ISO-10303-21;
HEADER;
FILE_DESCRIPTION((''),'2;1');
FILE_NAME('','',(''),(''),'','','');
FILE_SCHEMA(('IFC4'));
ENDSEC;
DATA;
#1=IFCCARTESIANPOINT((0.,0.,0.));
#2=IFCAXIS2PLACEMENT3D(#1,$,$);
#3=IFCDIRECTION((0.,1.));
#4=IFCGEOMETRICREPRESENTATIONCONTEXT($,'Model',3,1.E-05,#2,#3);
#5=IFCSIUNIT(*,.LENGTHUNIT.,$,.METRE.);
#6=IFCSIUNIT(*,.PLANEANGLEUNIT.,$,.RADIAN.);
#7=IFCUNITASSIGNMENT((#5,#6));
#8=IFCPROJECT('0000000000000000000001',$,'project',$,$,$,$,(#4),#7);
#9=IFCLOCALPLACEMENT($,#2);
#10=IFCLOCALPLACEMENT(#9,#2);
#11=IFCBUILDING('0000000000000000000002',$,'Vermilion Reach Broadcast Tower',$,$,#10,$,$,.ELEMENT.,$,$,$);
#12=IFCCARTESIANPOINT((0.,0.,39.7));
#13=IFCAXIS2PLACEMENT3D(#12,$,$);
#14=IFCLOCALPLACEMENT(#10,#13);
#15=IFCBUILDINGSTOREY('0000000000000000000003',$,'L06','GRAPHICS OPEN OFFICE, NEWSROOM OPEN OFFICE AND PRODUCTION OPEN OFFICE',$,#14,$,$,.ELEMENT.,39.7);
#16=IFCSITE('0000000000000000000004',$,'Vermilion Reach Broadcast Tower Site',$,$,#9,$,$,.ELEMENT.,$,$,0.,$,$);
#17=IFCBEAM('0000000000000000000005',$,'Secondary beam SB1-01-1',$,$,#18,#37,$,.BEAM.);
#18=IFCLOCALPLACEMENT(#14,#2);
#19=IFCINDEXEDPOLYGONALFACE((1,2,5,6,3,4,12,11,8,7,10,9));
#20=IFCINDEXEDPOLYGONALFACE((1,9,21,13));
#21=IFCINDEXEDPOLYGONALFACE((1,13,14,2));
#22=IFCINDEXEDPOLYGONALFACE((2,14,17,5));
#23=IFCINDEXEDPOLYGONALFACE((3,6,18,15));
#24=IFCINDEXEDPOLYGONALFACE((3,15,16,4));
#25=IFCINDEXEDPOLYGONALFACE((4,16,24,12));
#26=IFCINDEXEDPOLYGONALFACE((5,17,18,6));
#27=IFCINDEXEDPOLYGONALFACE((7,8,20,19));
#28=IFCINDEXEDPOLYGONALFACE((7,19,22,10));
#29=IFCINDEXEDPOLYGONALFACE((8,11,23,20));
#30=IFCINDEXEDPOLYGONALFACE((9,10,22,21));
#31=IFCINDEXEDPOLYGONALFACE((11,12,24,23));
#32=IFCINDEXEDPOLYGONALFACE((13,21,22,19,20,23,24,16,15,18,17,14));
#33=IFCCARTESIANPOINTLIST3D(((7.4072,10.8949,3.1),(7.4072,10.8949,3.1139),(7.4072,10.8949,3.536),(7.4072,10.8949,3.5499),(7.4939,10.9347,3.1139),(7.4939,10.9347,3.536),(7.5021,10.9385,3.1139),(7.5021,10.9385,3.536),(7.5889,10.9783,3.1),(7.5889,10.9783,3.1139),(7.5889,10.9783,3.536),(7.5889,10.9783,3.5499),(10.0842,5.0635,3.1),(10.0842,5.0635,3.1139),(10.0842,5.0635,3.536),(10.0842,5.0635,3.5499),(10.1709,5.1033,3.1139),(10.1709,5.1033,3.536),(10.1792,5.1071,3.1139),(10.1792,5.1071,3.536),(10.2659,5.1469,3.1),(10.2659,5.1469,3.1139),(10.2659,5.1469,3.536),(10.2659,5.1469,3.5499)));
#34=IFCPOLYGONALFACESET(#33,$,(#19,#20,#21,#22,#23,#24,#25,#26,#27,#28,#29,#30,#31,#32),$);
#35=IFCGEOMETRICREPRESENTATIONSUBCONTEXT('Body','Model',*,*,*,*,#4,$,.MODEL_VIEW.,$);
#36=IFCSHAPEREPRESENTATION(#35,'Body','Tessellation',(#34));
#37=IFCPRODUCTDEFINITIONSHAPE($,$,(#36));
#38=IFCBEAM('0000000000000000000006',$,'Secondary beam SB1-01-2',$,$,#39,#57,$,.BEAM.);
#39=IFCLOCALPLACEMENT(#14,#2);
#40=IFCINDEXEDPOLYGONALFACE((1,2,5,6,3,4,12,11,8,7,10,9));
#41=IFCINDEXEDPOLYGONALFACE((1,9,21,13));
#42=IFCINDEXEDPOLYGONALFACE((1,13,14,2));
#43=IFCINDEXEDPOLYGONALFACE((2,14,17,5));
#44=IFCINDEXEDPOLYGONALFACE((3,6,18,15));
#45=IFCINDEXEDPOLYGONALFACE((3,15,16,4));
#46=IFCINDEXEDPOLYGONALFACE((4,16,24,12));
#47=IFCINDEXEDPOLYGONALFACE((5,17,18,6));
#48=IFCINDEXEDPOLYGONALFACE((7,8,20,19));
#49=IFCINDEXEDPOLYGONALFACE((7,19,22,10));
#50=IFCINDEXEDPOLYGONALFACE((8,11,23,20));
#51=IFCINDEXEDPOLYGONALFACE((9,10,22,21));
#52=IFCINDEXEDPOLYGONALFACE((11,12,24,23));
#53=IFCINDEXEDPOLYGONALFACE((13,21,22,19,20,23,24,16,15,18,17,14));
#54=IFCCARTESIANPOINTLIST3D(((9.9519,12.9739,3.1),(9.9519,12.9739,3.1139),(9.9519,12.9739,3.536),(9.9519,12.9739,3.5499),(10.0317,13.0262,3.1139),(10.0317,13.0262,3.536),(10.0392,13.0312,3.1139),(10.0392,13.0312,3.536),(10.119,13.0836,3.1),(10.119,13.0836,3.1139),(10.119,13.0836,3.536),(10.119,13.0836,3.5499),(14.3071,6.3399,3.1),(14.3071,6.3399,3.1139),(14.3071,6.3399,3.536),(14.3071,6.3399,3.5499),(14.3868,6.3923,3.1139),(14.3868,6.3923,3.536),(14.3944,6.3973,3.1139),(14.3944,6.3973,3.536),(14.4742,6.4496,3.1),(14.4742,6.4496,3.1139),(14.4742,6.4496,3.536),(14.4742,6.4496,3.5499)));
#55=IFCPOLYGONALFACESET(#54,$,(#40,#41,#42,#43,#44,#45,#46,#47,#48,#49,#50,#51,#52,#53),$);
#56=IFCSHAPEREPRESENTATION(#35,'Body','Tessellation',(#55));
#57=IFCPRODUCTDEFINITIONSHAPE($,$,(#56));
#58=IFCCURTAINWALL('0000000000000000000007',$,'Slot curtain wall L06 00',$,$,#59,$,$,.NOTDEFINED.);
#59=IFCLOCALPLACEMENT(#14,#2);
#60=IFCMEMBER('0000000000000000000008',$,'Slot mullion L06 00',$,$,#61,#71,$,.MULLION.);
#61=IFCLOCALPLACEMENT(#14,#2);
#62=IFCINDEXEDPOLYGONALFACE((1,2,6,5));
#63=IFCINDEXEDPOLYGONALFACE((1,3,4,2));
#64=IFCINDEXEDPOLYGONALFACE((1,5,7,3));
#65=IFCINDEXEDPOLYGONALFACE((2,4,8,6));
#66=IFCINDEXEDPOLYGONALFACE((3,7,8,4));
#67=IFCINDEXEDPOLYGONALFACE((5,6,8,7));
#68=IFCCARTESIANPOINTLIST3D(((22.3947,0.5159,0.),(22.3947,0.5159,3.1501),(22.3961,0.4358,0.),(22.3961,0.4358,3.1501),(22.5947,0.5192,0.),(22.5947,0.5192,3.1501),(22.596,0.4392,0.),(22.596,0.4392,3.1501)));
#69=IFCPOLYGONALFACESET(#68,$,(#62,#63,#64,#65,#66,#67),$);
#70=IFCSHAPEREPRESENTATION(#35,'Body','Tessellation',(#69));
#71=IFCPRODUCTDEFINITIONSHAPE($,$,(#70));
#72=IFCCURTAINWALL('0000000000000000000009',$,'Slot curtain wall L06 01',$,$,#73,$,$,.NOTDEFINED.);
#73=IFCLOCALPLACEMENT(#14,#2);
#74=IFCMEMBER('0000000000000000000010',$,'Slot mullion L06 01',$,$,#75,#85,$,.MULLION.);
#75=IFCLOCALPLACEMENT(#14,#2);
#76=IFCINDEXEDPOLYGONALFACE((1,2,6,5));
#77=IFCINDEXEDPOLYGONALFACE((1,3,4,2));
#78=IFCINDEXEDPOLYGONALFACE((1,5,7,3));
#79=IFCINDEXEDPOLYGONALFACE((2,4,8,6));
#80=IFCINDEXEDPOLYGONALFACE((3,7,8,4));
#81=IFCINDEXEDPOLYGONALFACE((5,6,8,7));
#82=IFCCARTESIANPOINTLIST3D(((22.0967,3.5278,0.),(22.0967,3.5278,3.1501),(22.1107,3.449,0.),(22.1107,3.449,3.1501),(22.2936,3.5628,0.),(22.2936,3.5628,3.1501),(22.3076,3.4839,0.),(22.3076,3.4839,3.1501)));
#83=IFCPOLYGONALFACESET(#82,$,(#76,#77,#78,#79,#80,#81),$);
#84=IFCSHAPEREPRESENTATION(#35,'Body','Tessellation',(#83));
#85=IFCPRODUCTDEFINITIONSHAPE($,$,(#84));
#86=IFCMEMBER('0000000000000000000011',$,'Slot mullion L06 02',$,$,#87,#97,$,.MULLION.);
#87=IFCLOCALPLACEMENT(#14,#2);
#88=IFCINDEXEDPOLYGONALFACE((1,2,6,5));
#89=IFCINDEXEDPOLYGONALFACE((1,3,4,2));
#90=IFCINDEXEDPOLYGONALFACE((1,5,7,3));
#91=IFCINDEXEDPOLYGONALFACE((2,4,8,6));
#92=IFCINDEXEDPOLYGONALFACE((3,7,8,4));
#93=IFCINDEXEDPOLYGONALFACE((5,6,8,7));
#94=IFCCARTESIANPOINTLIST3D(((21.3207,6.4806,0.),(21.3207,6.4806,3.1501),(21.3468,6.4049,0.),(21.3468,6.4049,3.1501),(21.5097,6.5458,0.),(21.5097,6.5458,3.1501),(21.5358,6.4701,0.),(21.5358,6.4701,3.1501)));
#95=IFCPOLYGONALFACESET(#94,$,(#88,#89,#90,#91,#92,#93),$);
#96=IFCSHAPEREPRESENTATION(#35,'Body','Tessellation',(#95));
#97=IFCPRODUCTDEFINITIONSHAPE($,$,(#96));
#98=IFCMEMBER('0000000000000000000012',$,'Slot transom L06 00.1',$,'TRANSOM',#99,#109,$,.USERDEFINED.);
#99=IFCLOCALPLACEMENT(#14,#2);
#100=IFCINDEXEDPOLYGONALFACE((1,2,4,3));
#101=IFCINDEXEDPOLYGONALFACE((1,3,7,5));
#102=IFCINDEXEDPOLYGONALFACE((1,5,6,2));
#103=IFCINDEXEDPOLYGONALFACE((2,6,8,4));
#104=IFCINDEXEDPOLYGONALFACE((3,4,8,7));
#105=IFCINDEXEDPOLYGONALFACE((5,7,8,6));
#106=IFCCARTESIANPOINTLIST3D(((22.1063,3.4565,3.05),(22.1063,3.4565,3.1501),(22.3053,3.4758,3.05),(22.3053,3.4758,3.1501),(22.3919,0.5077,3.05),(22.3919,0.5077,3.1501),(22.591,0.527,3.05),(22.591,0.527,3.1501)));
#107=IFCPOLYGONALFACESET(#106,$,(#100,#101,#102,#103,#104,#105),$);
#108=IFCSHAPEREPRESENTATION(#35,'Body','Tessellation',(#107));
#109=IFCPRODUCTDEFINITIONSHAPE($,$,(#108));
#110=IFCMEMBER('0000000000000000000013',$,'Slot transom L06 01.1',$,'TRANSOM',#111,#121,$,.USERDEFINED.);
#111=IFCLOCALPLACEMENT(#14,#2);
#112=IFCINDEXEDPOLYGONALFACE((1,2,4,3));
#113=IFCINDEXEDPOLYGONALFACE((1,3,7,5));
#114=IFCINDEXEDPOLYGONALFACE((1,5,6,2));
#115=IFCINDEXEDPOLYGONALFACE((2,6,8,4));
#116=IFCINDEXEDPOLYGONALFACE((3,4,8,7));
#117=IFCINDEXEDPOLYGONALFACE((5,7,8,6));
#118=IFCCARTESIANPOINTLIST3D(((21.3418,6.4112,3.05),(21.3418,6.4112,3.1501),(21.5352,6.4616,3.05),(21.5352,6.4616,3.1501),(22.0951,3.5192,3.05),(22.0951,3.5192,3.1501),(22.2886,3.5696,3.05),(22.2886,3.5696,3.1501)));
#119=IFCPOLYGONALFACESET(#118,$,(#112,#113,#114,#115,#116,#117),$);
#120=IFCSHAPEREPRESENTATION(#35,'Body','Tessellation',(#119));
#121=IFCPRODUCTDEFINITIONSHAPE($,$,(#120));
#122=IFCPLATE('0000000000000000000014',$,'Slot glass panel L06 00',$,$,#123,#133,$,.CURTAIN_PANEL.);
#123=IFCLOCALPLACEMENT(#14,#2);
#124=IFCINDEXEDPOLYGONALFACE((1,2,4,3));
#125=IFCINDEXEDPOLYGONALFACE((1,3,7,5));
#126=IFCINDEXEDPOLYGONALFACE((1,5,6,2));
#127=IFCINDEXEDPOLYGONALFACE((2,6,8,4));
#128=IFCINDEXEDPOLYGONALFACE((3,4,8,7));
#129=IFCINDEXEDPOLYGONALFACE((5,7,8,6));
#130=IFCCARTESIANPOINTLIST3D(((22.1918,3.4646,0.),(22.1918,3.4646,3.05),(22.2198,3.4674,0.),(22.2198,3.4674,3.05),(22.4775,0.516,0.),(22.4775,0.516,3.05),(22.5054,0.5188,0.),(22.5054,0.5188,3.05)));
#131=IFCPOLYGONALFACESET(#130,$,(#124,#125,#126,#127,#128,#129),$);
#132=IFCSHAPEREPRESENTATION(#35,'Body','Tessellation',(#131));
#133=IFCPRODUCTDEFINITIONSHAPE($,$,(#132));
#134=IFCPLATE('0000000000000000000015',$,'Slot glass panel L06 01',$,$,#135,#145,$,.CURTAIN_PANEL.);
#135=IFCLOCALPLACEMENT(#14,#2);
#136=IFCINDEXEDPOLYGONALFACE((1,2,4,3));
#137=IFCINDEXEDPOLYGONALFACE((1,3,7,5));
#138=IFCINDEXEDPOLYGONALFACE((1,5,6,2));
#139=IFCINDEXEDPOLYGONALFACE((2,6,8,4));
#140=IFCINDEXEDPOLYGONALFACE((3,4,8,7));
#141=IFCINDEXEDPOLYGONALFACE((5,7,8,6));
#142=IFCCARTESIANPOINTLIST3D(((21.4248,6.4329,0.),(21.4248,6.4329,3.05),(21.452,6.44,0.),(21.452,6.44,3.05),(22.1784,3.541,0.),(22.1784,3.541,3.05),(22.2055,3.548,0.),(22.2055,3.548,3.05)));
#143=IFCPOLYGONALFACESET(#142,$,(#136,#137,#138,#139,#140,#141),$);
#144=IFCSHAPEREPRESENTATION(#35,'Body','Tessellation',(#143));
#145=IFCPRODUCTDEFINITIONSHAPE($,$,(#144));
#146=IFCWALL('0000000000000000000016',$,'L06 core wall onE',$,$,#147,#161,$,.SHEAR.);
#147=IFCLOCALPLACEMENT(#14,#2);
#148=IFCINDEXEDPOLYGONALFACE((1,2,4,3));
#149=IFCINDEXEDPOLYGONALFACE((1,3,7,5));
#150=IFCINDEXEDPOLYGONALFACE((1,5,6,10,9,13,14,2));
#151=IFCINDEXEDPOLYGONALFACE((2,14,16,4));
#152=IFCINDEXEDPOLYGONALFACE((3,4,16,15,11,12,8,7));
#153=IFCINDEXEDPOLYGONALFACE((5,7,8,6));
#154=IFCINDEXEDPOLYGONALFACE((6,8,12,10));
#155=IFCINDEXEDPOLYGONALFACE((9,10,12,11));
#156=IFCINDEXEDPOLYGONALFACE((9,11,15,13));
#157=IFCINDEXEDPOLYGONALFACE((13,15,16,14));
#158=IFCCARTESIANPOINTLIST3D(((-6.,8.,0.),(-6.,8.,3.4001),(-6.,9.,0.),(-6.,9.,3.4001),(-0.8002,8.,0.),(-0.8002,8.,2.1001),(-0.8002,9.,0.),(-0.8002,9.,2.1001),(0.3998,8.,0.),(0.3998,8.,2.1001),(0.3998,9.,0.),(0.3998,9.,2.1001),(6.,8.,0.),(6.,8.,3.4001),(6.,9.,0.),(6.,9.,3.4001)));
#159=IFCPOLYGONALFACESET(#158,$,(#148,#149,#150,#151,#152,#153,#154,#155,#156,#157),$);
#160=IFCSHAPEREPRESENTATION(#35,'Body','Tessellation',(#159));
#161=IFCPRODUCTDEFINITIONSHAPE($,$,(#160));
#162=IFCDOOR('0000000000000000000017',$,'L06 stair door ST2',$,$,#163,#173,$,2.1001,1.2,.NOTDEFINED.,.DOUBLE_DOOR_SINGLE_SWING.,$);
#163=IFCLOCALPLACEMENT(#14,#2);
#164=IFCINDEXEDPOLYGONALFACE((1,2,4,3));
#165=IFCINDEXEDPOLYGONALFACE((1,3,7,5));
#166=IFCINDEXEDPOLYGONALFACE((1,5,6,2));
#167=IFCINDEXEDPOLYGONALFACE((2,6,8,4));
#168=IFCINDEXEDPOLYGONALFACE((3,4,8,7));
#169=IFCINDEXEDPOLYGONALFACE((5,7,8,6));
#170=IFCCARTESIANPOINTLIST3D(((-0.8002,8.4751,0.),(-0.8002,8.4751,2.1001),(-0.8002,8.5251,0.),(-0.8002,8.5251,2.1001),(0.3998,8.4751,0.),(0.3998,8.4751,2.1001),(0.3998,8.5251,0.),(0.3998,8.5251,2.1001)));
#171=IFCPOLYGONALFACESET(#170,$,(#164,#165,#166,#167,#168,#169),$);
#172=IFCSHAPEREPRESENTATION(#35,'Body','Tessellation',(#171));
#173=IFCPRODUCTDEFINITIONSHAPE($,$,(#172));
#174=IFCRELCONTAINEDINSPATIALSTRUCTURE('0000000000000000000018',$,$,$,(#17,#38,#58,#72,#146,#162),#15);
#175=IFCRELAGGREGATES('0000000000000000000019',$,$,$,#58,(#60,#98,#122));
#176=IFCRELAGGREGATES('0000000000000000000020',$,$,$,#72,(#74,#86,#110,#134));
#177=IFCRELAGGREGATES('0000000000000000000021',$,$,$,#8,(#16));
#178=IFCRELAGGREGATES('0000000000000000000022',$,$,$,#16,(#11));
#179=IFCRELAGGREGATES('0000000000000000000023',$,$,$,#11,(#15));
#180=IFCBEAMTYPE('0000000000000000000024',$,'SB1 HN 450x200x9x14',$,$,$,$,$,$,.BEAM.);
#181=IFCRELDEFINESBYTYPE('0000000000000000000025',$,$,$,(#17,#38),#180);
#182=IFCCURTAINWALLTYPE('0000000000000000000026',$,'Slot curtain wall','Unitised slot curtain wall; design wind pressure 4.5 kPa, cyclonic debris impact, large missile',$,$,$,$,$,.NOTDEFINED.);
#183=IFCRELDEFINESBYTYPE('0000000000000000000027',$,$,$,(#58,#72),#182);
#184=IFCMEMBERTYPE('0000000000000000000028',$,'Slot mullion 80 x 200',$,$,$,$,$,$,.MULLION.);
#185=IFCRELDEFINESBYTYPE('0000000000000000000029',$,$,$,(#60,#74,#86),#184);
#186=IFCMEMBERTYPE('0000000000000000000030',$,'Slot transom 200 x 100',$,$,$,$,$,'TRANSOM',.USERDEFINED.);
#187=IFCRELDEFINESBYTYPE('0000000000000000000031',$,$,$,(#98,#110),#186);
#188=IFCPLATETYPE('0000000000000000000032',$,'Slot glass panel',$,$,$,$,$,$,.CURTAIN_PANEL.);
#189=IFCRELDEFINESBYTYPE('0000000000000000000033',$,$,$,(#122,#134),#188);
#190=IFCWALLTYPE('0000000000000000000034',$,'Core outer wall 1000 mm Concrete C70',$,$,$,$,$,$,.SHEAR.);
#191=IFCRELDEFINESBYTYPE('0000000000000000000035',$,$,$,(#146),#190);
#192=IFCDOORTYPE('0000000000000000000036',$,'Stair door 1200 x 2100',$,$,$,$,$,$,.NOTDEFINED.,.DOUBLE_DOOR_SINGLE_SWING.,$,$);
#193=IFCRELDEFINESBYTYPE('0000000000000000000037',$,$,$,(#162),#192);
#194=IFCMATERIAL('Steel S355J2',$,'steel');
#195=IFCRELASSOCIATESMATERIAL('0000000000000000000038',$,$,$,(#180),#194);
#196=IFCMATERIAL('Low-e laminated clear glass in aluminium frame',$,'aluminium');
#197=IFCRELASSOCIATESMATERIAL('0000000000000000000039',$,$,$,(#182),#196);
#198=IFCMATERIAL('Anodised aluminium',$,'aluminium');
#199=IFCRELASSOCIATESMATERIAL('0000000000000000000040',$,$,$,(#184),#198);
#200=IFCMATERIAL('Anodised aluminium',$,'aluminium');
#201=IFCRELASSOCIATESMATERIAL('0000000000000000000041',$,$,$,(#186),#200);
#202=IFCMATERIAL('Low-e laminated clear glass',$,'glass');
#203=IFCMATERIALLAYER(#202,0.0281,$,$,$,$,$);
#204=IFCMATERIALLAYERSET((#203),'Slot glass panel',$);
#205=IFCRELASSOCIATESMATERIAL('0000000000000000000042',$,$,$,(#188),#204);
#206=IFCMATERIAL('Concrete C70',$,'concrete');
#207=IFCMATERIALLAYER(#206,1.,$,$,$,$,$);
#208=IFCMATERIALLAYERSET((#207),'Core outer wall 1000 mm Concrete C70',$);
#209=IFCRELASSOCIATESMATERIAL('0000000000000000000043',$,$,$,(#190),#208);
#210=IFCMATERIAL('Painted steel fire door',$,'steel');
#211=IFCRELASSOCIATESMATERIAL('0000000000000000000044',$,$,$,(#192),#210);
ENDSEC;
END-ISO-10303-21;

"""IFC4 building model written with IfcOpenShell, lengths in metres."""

from ifc_helpers import new_model, si_unit, direction, frame, frame_2d, origin, origin_2d, place, context, subcontext, project, spatial, rectangle, i_section, extrude, material, layer, layer_set, material_profile, profile_set, type_object, element, fill, aggregate, save


model = new_model("IFC4")

# Units and contexts
model_context = context("Model", 3, precision=1e-05, world=origin(), true_north=direction((0.0, 1.0)))
body_context = subcontext(model_context, "Body", "Model", "MODEL_VIEW")
ifc_project = project(units=[si_unit("LENGTHUNIT", "METRE"), si_unit("PLANEANGLEUNIT", "RADIAN")], contexts=[model_context])

# Site, building, storey
site_placement = place(None, origin())
site = spatial("IfcSite", under=ifc_project, at=site_placement, Name="Vermilion Reach Broadcast Tower Site", CompositionType="ELEMENT", RefElevation=0.0)
building_placement = place(site_placement, origin())
building = spatial("IfcBuilding", under=site, at=building_placement, Name="Vermilion Reach Broadcast Tower", CompositionType="ELEMENT")
storey_placement = place(building_placement, frame((0.0, 0.0, 39.7)))
storey = spatial("IfcBuildingStorey", under=building, at=storey_placement, Name="L06", Description="GRAPHICS OPEN OFFICE, NEWSROOM OPEN OFFICE AND PRODUCTION OPEN OFFICE", CompositionType="ELEMENT", Elevation=39.7)

# Beams
ifc_material_1 = material(Name="Steel S355J2", Category="steel")
ifc_material_profile_1 = material_profile(ifc_material_1, i_section(OverallWidth=0.2, OverallDepth=0.45, WebThickness=0.009, FlangeThickness=0.0139, at=origin_2d()), Name="S355J2 HN 450x200x9x14")
ifc_profile_set_1 = profile_set([ifc_material_profile_1], Name="Steel S355J2")
beam_type_1 = type_object("IfcBeamType", Name="SB1 HN 450x200x9x14", PredefinedType="BEAM", material=ifc_profile_set_1)
beam_1_placement = place(storey_placement, frame((10.175, 5.1052, 3.325), z_axis=(-0.417211, 0.908809, 0.0), x_axis=(-0.908809, -0.417211, 0.0)))
element("IfcBeam", 1, at=beam_1_placement, inside=storey, type_object=beam_type_1, Name="Secondary beam SB1-01-1", PredefinedType="BEAM", context=body_context, shape_type="SweptSolid", body=[
    extrude(i_section(OverallWidth=0.2, OverallDepth=0.45, WebThickness=0.009, FlangeThickness=0.0139, at=origin_2d()), origin(), (0.0, 0.0, 1.0), 6.4165),
])
beam_2_placement = place(storey_placement, frame((14.3906, 6.3948, 3.325), z_axis=(-0.548801, 0.835953, 0.0), x_axis=(-0.835953, -0.548801, 0.0)))
element("IfcBeam", 2, at=beam_2_placement, inside=storey, type_object=beam_type_1, Name="Secondary beam SB1-01-2", PredefinedType="BEAM", context=body_context, shape_type="SweptSolid", body=[
    extrude(i_section(OverallWidth=0.2, OverallDepth=0.45, WebThickness=0.009, FlangeThickness=0.0139, at=origin_2d()), origin(), (0.0, 0.0, 1.0), 7.9358),
])

# Curtain wall, member
ifc_material_2 = material(Name="Low-e laminated clear glass in aluminium frame", Category="aluminium")
curtain_wall_type = type_object("IfcCurtainWallType", Name="Slot curtain wall", Description="Unitised slot curtain wall; design wind pressure 4.5 kPa, cyclonic debris impact, large missile", PredefinedType="NOTDEFINED", material=ifc_material_2)
placement = place(storey_placement, origin())
curtain_wall_1 = element("IfcCurtainWall", 3, at=placement, inside=storey, type_object=curtain_wall_type, Name="Slot curtain wall L06 00", PredefinedType="NOTDEFINED")
ifc_material_3 = material(Name="Anodised aluminium", Category="aluminium")
ifc_material_profile_2 = material_profile(ifc_material_3, rectangle(XDim=0.2, YDim=0.0801, at=origin_2d()), Name="Slot mullion 80 x 200")
ifc_profile_set_2 = profile_set([ifc_material_profile_2], Name="Anodised aluminium")
member_type_1 = type_object("IfcMemberType", Name="Slot mullion 80 x 200", PredefinedType="MULLION", material=ifc_profile_set_2)
member_1_placement = place(storey_placement, frame((22.4954, 0.4775, 0.0), z_axis=(0.0, 0.0, 1.0), x_axis=(-0.99986, -0.016754, 0.0)))
member_1 = element("IfcMember", 4, at=member_1_placement, type_object=member_type_1, Name="Slot mullion L06 00", PredefinedType="MULLION", context=body_context, shape_type="SweptSolid", body=[
    extrude(rectangle(XDim=0.2, YDim=0.0801, at=origin_2d()), origin(), (0.0, 0.0, 1.0), 3.1501),
])

# Curtain wall, members
curtain_wall_2 = element("IfcCurtainWall", 5, at=placement, inside=storey, type_object=curtain_wall_type, Name="Slot curtain wall L06 01", PredefinedType="NOTDEFINED")
member_2_placement = place(storey_placement, frame((22.2021, 3.5059, 0.0), z_axis=(0.0, 0.0, 1.0), x_axis=(-0.984598, -0.174832, 0.0)))
member_2 = element("IfcMember", 6, at=member_2_placement, type_object=member_type_1, Name="Slot mullion L06 01", PredefinedType="MULLION", context=body_context, shape_type="SweptSolid", body=[
    extrude(rectangle(XDim=0.2, YDim=0.0801, at=origin_2d()), origin(), (0.0, 0.0, 1.0), 3.1501),
])
member_3_placement = place(storey_placement, frame((21.4282, 6.4753, 0.0), z_axis=(0.0, 0.0, 1.0), x_axis=(-0.945328, -0.32612, 0.0)))
member_3 = element("IfcMember", 7, at=member_3_placement, type_object=member_type_1, Name="Slot mullion L06 02", PredefinedType="MULLION", context=body_context, shape_type="SweptSolid", body=[
    extrude(rectangle(XDim=0.2, YDim=0.0801, at=origin_2d()), origin(), (0.0, 0.0, 1.0), 3.1501),
])

# Members
ifc_material_4 = material(Name="Anodised aluminium", Category="aluminium")
ifc_material_profile_3 = material_profile(ifc_material_4, rectangle(XDim=0.2, YDim=0.1001, at=origin_2d()), Name="Slot transom 200 x 100")
ifc_profile_set_3 = profile_set([ifc_material_profile_3], Name="Anodised aluminium")
member_type_2 = type_object("IfcMemberType", Name="Slot transom 200 x 100", ElementType="TRANSOM", PredefinedType="USERDEFINED", material=ifc_profile_set_3)
member_4_placement = place(storey_placement, frame((22.4915, 0.5173, 3.1001), z_axis=(-0.096419, 0.995341, 0.0), x_axis=(-0.995341, -0.096419, 0.0)))
member_4 = element("IfcMember", 8, at=member_4_placement, type_object=member_type_2, Name="Slot transom L06 00.1", ObjectType="TRANSOM", PredefinedType="USERDEFINED", context=body_context, shape_type="SweptSolid", body=[
    extrude(rectangle(XDim=0.2, YDim=0.1001, at=origin_2d()), origin(), (0.0, 0.0, 1.0), 2.9626),
])
member_5_placement = place(storey_placement, frame((22.1919, 3.5444, 3.1001), z_axis=(-0.252096, 0.967702, 0.0), x_axis=(-0.967702, -0.252096, 0.0)))
member_5 = element("IfcMember", 9, at=member_5_placement, type_object=member_type_2, Name="Slot transom L06 01.1", ObjectType="TRANSOM", PredefinedType="USERDEFINED", context=body_context, shape_type="SweptSolid", body=[
    extrude(rectangle(XDim=0.2, YDim=0.1001, at=origin_2d()), origin(), (0.0, 0.0, 1.0), 2.9885),
])

# Plates
ifc_material_5 = material(Name="Low-e laminated clear glass", Category="glass")
ifc_layer_1 = layer(ifc_material_5, 0.0281)
ifc_layer_set_1 = layer_set([ifc_layer_1], Name="Slot glass panel")
plate_type = type_object("IfcPlateType", Name="Slot glass panel", PredefinedType="CURTAIN_PANEL", material=ifc_layer_set_1)
plate_1_placement = place(storey_placement, frame((22.3486, 1.9917, 0.0), z_axis=(0.0, 0.0, 1.0), x_axis=(-0.096423, 0.99534, 0.0)))
plate_1 = element("IfcPlate", 10, at=plate_1_placement, type_object=plate_type, Name="Slot glass panel L06 00", PredefinedType="CURTAIN_PANEL", context=body_context, shape_type="SweptSolid", body=[
    extrude(rectangle(XDim=2.9624, YDim=0.0281, at=origin_2d()), origin(), (0.0, 0.0, 1.0), 3.05),
])
aggregate(curtain_wall_1, [member_1, member_4, plate_1])
plate_2_placement = place(storey_placement, frame((21.8152, 4.9905, 0.0), z_axis=(0.0, 0.0, 1.0), x_axis=(-0.252146, 0.967689, 0.0)))
plate_2 = element("IfcPlate", 11, at=plate_2_placement, type_object=plate_type, Name="Slot glass panel L06 01", PredefinedType="CURTAIN_PANEL", context=body_context, shape_type="SweptSolid", body=[
    extrude(rectangle(XDim=2.9885, YDim=0.0281, at=origin_2d()), origin(), (0.0, 0.0, 1.0), 3.05),
])
aggregate(curtain_wall_2, [member_2, member_3, member_5, plate_2])

# Wall, opening, door
ifc_material_6 = material(Name="Concrete C70", Category="concrete")
ifc_layer_2 = layer(ifc_material_6, 1.0)
ifc_layer_set_2 = layer_set([ifc_layer_2], Name="Core outer wall 1000 mm Concrete C70")
wall_type_1 = type_object("IfcWallType", Name="Core outer wall 1000 mm Concrete C70", PredefinedType="SHEAR", material=ifc_layer_set_2)
wall_1_placement = place(storey_placement, frame((6.0, 8.5, 0.0), z_axis=(0.0, 0.0, 1.0), x_axis=(-1.0, 0.0, 0.0)))
wall_1 = element("IfcWall", 12, at=wall_1_placement, inside=storey, type_object=wall_type_1, Name="L06 core wall onE", PredefinedType="SHEAR", context=body_context, shape_type="SweptSolid", body=[
    extrude(rectangle(XDim=12.0, YDim=1.0, at=frame_2d((6.0, 0.0))), origin(), (0.0, 0.0, 1.0), 3.4001),
])
opening_placement = place(wall_1_placement, frame((5.6001, 0.0, 0.0)))
opening = element("IfcOpeningElement", 13, at=opening_placement, cuts=wall_1, PredefinedType="OPENING", context=body_context, shape_type="SweptSolid", body=[
    extrude(rectangle(XDim=1.2, YDim=2.1001, at=frame_2d((0.6001, 1.05))), frame((0.0, 0.51, 0.0), z_axis=(0.0, -1.0, 0.0), x_axis=(1.0, 0.0, 0.0)), (0.0, 0.0, 1.0), 1.02),
])
ifc_material_7 = material(Name="Painted steel fire door", Category="steel")
door_type = type_object("IfcDoorType", Name="Stair door 1200 x 2100", OperationType="DOUBLE_DOOR_SINGLE_SWING", PredefinedType="NOTDEFINED", material=ifc_material_7)
door_placement = place(opening_placement, origin())
door = element("IfcDoor", 14, at=door_placement, inside=storey, type_object=door_type, Name="L06 stair door ST2", OperationType="DOUBLE_DOOR_SINGLE_SWING", OverallHeight=2.1001, OverallWidth=1.2, PredefinedType="NOTDEFINED", context=body_context, shape_type="SweptSolid", body=[
    extrude(rectangle(XDim=1.2, YDim=2.1001, at=frame_2d((0.6001, 1.05))), frame((0.0, 0.0249, 0.0), z_axis=(0.0, -1.0, 0.0), x_axis=(1.0, 0.0, 0.0)), (0.0, 0.0, 1.0), 0.05),
])
fill(opening, door)

save(model, "model.ifc")
